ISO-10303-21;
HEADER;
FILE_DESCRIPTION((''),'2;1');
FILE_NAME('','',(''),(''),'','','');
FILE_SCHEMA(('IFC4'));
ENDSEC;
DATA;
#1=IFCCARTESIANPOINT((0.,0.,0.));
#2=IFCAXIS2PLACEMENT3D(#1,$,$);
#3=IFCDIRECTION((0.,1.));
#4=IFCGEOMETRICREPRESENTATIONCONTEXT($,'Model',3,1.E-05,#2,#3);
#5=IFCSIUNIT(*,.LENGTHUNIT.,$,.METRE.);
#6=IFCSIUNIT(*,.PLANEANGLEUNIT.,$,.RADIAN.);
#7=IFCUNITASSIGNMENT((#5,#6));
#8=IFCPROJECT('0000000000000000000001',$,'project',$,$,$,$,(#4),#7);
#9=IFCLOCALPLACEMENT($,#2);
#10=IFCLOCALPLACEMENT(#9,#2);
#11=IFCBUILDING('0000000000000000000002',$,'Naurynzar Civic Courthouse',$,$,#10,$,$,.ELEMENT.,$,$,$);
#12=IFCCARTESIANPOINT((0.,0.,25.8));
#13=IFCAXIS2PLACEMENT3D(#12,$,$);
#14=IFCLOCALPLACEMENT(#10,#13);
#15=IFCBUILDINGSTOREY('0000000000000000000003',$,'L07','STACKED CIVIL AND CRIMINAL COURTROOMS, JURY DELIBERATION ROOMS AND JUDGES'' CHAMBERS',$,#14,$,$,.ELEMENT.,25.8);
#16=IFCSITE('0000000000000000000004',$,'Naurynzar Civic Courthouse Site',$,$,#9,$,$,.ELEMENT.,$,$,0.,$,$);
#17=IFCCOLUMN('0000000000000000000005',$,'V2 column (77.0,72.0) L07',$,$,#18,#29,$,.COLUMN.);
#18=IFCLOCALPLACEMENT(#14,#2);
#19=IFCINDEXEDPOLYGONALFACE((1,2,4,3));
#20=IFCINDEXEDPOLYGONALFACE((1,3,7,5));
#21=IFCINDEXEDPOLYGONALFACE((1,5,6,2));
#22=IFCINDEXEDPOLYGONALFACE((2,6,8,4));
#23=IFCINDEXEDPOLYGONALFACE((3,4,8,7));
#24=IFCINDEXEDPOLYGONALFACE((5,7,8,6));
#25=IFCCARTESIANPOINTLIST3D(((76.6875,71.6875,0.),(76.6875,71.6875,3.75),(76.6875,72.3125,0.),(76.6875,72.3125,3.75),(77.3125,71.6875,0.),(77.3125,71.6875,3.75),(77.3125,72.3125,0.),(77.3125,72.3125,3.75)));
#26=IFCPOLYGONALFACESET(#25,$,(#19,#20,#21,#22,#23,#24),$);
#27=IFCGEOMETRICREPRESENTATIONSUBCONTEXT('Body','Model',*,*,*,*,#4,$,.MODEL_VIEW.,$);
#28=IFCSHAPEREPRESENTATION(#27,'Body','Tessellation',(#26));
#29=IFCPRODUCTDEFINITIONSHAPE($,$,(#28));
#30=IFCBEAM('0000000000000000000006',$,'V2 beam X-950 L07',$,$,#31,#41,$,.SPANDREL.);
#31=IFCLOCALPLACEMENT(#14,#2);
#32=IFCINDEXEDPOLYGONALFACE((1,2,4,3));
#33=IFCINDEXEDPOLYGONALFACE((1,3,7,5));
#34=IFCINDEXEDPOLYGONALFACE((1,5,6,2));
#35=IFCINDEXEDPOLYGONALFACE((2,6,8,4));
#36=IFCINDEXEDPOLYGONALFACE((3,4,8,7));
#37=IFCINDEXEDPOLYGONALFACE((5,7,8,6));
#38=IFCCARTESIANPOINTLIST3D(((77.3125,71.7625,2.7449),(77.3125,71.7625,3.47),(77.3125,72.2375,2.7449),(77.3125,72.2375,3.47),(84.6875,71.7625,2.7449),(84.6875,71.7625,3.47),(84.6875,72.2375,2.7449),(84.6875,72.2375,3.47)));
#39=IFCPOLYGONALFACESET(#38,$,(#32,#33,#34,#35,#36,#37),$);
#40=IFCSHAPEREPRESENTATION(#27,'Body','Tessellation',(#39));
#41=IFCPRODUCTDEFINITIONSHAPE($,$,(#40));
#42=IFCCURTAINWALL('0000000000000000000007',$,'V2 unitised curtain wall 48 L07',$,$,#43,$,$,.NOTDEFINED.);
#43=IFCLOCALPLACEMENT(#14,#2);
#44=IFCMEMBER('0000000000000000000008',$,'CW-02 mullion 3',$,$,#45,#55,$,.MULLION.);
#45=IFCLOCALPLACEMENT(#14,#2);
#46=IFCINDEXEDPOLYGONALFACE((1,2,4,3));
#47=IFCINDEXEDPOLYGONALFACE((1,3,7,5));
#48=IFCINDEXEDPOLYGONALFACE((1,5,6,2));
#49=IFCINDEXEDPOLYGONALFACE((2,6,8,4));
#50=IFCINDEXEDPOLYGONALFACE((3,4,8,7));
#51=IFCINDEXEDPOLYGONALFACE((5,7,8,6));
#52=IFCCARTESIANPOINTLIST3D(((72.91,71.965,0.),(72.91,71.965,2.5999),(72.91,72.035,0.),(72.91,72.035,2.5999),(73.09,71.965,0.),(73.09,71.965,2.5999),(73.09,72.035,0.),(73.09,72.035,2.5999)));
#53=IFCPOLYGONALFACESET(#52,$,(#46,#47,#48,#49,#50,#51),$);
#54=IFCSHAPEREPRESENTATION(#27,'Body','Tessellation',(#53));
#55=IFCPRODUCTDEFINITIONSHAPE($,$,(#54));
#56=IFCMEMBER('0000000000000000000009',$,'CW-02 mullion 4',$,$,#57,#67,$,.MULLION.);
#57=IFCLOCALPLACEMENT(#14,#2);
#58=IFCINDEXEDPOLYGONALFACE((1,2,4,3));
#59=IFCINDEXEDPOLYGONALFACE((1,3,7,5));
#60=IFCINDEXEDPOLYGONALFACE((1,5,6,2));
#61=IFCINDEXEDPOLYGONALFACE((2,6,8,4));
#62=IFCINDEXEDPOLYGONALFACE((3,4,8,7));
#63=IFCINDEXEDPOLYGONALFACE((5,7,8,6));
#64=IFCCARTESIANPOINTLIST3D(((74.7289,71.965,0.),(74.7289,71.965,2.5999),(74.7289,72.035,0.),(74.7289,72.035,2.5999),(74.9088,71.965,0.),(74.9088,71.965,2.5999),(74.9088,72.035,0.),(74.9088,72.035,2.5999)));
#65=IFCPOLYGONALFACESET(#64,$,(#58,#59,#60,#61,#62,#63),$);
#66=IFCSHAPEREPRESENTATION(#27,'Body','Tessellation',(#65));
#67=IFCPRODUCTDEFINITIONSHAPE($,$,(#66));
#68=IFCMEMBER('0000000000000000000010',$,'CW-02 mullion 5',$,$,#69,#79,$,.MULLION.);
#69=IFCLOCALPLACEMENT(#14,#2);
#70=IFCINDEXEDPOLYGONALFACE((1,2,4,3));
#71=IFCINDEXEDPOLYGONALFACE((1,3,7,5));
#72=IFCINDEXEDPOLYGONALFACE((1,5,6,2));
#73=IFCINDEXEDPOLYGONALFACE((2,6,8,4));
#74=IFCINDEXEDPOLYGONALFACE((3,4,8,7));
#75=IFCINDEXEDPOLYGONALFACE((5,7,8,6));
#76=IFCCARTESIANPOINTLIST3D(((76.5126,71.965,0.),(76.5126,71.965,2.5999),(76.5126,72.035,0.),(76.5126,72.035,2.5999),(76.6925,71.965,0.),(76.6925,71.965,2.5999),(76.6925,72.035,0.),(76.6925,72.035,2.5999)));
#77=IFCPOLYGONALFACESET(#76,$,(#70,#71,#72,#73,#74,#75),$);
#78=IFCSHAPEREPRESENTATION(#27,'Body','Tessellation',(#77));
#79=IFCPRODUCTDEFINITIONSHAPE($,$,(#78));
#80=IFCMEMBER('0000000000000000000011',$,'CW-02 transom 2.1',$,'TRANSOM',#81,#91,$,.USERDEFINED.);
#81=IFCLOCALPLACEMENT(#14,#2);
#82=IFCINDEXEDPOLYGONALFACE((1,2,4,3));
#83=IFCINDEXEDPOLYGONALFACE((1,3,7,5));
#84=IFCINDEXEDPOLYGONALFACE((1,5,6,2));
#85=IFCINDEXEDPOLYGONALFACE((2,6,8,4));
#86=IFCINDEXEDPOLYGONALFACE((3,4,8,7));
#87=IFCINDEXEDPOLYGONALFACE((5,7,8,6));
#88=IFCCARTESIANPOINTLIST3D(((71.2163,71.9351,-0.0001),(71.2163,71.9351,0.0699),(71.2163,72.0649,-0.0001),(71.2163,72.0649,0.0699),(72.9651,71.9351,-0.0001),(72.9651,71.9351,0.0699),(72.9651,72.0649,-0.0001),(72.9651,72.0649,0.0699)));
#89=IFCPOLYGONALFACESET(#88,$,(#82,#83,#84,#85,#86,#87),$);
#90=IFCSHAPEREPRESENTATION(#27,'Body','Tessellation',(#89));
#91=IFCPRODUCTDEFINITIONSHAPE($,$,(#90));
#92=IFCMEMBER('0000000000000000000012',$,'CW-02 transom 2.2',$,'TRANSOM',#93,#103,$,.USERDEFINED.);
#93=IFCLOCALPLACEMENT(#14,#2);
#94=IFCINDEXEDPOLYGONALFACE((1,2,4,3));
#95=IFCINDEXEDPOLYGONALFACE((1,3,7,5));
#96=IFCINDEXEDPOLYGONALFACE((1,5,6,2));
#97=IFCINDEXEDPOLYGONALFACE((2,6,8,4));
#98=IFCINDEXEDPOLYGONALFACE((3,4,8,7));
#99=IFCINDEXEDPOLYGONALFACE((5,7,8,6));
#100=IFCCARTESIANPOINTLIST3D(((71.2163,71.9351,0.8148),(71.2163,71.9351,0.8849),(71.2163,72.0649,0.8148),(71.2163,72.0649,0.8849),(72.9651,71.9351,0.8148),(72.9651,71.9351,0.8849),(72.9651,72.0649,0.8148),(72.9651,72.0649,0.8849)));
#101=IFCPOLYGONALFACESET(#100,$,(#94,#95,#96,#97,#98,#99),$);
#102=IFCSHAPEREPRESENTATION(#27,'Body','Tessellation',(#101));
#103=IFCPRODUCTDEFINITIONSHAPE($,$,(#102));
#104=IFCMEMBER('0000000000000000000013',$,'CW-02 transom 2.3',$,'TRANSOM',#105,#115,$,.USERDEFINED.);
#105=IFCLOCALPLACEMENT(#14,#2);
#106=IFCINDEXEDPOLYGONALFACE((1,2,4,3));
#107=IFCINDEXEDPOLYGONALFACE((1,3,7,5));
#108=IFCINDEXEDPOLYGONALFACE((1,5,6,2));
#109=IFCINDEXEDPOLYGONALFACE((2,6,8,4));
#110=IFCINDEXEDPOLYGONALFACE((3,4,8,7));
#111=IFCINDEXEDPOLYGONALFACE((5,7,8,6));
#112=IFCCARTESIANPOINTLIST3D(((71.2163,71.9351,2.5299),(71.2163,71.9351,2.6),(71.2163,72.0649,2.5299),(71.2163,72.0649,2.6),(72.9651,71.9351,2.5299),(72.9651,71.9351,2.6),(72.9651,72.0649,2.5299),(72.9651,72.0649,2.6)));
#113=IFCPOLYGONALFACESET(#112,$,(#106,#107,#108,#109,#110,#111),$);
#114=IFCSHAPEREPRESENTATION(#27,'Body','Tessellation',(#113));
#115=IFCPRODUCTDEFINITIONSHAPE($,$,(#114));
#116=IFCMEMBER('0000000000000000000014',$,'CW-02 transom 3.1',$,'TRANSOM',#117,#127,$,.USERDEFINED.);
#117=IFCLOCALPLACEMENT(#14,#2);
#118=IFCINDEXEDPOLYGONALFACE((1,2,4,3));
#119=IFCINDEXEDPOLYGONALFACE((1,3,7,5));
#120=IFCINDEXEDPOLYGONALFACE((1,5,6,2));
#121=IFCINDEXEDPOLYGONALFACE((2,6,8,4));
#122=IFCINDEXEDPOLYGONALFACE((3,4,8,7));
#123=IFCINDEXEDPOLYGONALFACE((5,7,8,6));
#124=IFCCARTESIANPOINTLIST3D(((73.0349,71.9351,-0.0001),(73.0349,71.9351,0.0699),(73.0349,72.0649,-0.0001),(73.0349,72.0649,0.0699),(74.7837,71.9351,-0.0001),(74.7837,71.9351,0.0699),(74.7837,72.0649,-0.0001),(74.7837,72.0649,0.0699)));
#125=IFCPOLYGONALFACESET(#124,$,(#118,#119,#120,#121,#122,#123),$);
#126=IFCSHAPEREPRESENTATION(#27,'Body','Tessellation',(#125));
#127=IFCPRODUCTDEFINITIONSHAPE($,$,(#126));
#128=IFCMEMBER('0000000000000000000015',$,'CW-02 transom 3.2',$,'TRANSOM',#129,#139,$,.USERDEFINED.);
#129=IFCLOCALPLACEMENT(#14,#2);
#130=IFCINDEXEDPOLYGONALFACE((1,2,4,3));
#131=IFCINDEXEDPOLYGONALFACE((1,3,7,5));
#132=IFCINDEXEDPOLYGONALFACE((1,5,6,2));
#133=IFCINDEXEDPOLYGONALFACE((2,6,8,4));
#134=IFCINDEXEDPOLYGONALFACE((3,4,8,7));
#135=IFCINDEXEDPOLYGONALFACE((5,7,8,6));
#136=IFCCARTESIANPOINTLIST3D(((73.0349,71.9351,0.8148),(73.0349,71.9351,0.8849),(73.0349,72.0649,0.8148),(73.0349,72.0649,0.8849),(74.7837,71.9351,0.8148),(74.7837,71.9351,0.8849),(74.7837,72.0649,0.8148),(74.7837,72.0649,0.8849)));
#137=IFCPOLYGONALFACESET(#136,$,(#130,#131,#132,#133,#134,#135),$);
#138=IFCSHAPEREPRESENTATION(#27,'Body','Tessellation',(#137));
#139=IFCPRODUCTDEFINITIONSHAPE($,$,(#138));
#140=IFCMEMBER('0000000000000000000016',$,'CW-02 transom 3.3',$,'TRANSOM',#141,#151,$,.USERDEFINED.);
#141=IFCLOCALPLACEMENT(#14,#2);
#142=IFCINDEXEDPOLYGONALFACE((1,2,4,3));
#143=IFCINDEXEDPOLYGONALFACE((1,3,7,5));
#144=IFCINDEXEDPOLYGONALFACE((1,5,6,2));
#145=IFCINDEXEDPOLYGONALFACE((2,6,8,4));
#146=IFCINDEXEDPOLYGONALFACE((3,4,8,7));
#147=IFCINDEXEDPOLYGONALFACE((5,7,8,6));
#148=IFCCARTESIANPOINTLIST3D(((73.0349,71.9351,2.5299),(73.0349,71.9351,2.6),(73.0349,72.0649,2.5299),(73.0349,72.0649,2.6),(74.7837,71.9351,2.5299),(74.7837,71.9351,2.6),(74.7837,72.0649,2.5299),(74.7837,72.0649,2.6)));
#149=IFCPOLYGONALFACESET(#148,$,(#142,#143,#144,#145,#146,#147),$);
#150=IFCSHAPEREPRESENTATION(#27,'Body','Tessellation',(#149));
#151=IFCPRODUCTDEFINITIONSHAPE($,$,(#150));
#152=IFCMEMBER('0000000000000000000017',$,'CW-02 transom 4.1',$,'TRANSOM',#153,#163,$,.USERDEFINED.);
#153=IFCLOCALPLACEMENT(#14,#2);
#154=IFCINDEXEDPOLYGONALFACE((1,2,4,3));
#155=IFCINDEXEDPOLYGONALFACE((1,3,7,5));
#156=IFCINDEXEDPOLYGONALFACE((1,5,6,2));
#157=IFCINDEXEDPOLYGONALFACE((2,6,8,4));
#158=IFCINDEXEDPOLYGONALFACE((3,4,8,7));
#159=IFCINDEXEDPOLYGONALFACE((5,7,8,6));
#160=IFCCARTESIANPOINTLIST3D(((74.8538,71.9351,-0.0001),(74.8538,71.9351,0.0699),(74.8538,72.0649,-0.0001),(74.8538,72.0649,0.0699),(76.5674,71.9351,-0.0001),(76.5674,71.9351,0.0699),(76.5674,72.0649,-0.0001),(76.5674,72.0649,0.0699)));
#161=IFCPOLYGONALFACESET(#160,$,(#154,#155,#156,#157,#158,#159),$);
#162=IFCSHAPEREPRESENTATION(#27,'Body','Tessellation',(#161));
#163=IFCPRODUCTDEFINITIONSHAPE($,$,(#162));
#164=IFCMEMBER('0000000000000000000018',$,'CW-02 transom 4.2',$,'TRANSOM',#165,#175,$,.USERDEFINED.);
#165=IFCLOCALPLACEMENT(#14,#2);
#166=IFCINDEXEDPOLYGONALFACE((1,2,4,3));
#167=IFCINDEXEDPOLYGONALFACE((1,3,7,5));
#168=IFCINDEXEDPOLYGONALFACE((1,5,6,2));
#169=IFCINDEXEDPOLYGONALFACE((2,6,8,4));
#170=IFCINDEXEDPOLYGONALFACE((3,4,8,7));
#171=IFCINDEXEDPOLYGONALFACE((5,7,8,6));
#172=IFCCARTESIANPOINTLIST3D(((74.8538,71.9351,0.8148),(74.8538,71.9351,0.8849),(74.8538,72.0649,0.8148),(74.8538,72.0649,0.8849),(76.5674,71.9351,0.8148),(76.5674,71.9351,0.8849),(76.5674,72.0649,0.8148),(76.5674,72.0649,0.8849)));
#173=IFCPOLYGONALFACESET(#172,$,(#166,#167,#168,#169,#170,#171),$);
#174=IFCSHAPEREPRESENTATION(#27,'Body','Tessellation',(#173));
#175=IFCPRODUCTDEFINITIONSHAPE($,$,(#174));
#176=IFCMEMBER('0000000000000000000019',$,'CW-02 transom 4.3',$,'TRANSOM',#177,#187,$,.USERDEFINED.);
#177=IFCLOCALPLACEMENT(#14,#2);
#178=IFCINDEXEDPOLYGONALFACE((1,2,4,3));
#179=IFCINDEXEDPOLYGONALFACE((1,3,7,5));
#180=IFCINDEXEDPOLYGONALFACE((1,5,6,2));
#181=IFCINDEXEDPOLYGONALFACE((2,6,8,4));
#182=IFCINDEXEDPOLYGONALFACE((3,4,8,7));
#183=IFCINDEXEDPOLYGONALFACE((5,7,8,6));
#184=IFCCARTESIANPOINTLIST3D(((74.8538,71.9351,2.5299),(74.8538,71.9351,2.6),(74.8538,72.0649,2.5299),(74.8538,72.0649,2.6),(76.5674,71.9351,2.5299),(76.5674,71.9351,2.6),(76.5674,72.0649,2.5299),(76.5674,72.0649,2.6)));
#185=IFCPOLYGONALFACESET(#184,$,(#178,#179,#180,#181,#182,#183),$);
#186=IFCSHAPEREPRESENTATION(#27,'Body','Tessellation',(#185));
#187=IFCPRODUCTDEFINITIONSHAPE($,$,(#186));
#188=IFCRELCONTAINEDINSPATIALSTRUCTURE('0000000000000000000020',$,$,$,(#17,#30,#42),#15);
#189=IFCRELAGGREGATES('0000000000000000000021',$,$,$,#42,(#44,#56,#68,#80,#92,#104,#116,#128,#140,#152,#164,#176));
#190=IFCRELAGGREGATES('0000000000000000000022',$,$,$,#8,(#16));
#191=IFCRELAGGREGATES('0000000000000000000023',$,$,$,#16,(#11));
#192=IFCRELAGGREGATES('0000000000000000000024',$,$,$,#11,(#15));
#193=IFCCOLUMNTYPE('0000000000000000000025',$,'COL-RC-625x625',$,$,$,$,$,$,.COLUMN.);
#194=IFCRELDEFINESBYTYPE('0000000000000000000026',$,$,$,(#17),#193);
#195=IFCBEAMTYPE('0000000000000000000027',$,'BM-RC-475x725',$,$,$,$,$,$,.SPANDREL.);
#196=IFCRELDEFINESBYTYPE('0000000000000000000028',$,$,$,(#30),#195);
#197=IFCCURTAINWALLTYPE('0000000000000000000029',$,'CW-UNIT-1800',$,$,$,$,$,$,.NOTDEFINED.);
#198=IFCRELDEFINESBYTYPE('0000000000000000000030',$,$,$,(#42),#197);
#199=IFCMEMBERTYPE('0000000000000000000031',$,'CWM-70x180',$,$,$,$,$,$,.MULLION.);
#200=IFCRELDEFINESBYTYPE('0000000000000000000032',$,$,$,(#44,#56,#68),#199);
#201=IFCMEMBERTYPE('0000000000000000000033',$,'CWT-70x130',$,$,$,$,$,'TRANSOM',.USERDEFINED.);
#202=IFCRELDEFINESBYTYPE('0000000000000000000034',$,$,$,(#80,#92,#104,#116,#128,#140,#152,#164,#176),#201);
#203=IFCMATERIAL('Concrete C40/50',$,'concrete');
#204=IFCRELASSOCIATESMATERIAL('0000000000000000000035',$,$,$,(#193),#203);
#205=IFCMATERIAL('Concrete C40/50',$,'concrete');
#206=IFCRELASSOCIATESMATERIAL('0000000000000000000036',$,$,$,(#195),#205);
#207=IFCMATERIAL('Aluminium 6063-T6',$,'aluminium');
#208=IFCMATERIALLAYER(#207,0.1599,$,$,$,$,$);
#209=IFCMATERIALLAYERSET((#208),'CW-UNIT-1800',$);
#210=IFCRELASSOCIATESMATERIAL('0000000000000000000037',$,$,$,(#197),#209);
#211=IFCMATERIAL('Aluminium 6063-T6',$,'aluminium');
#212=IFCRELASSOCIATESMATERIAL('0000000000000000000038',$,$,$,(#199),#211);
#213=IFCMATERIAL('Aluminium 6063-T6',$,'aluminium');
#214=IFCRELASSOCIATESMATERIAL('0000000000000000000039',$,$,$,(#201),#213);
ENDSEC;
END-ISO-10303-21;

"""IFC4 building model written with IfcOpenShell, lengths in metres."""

from ifc_helpers import new_model, si_unit, direction, frame, origin, origin_2d, place, context, subcontext, project, spatial, rectangle, extrude, material, layer, layer_set, material_profile, profile_set, type_object, element, aggregate, save


model = new_model("IFC4")

# Units and contexts
model_context = context("Model", 3, precision=1e-05, world=origin(), true_north=direction((0.0, 1.0)))
body_context = subcontext(model_context, "Body", "Model", "MODEL_VIEW")
ifc_project = project(units=[si_unit("LENGTHUNIT", "METRE"), si_unit("PLANEANGLEUNIT", "RADIAN")], contexts=[model_context])

# Site, building, storey
site_placement = place(None, origin())
site = spatial("IfcSite", under=ifc_project, at=site_placement, Name="Naurynzar Civic Courthouse Site", CompositionType="ELEMENT", RefElevation=0.0)
building_placement = place(site_placement, origin())
building = spatial("IfcBuilding", under=site, at=building_placement, Name="Naurynzar Civic Courthouse", CompositionType="ELEMENT")
storey_placement = place(building_placement, frame((0.0, 0.0, 25.8)))
storey = spatial("IfcBuildingStorey", under=building, at=storey_placement, Name="L07", Description="STACKED CIVIL AND CRIMINAL COURTROOMS, JURY DELIBERATION ROOMS AND JUDGES' CHAMBERS", CompositionType="ELEMENT", Elevation=25.8)

# Column
ifc_material_1 = material(Name="Concrete C40/50", Category="concrete")
ifc_material_profile_1 = material_profile(ifc_material_1, rectangle(XDim=0.625, YDim=0.625, at=origin_2d()), Name="RC 625x625")
ifc_profile_set_1 = profile_set([ifc_material_profile_1], Name="Concrete C40/50")
column_type = type_object("IfcColumnType", Name="COL-RC-625x625", PredefinedType="COLUMN", material=ifc_profile_set_1)
column_placement = place(storey_placement, frame((77.0, 72.0, 0.0), z_axis=(0.0, 0.0, 1.0), x_axis=(1.0, 0.0, 0.0)))
element("IfcColumn", 1, at=column_placement, inside=storey, type_object=column_type, Name="V2 column (77.0,72.0) L07", PredefinedType="COLUMN", context=body_context, shape_type="SweptSolid", body=[
    extrude(rectangle(XDim=0.625, YDim=0.625, at=origin_2d()), origin(), (0.0, 0.0, 1.0), 3.75),
])

# Beam
ifc_material_2 = material(Name="Concrete C40/50", Category="concrete")
ifc_material_profile_2 = material_profile(ifc_material_2, rectangle(XDim=0.4751, YDim=0.7251, at=origin_2d()), Name="RCB 475x725")
ifc_profile_set_2 = profile_set([ifc_material_profile_2], Name="Concrete C40/50")
beam_type = type_object("IfcBeamType", Name="BM-RC-475x725", PredefinedType="SPANDREL", material=ifc_profile_set_2)
beam_placement = place(storey_placement, frame((77.3125, 72.0, 3.1074), z_axis=(1.0, 0.0, 0.0), x_axis=(0.0, 1.0, 0.0)))
element("IfcBeam", 2, at=beam_placement, inside=storey, type_object=beam_type, Name="V2 beam X-950 L07", PredefinedType="SPANDREL", context=body_context, shape_type="SweptSolid", body=[
    extrude(rectangle(XDim=0.4751, YDim=0.7251, at=origin_2d()), origin(), (0.0, 0.0, 1.0), 7.375),
])

# Curtain wall, members
ifc_material_3 = material(Name="Aluminium 6063-T6", Category="aluminium")
ifc_layer_1 = layer(ifc_material_3, 0.1599)
ifc_layer_set_1 = layer_set([ifc_layer_1], Name="CW-UNIT-1800")
curtain_wall_type = type_object("IfcCurtainWallType", Name="CW-UNIT-1800", PredefinedType="NOTDEFINED", material=ifc_layer_set_1)
curtain_wall_placement = place(storey_placement, origin())
curtain_wall = element("IfcCurtainWall", 3, at=curtain_wall_placement, inside=storey, type_object=curtain_wall_type, Name="V2 unitised curtain wall 48 L07", PredefinedType="NOTDEFINED")
ifc_material_4 = material(Name="Aluminium 6063-T6", Category="aluminium")
ifc_material_profile_3 = material_profile(ifc_material_4, rectangle(XDim=0.0701, YDim=0.1799, at=origin_2d()), Name="ALU MULLION 70x180")
ifc_profile_set_3 = profile_set([ifc_material_profile_3], Name="Aluminium 6063-T6")
member_type_1 = type_object("IfcMemberType", Name="CWM-70x180", PredefinedType="MULLION", material=ifc_profile_set_3)
member_1_placement = place(storey_placement, frame((73.0, 72.0, 0.0), z_axis=(0.0, 0.0, 1.0), x_axis=(0.0, 1.0, 0.0)))
member_1 = element("IfcMember", 4, at=member_1_placement, type_object=member_type_1, Name="CW-02 mullion 3", PredefinedType="MULLION", context=body_context, shape_type="SweptSolid", body=[
    extrude(rectangle(XDim=0.0701, YDim=0.1799, at=origin_2d()), origin(), (0.0, 0.0, 1.0), 2.5999),
])
member_2_placement = place(storey_placement, frame((74.8188, 72.0, 0.0), z_axis=(0.0, 0.0, 1.0), x_axis=(0.0, 1.0, 0.0)))
member_2 = element("IfcMember", 5, at=member_2_placement, type_object=member_type_1, Name="CW-02 mullion 4", PredefinedType="MULLION", context=body_context, shape_type="SweptSolid", body=[
    extrude(rectangle(XDim=0.0701, YDim=0.1799, at=origin_2d()), origin(), (0.0, 0.0, 1.0), 2.5999),
])
member_3_placement = place(storey_placement, frame((76.6025, 72.0, 0.0), z_axis=(0.0, 0.0, 1.0), x_axis=(0.0, 1.0, 0.0)))
member_3 = element("IfcMember", 6, at=member_3_placement, type_object=member_type_1, Name="CW-02 mullion 5", PredefinedType="MULLION", context=body_context, shape_type="SweptSolid", body=[
    extrude(rectangle(XDim=0.0701, YDim=0.1799, at=origin_2d()), origin(), (0.0, 0.0, 1.0), 2.5999),
])
ifc_material_5 = material(Name="Aluminium 6063-T6", Category="aluminium")
ifc_material_profile_4 = material_profile(ifc_material_5, rectangle(XDim=0.1299, YDim=0.0701, at=origin_2d()), Name="ALU TRANSOM 70x130")
ifc_profile_set_4 = profile_set([ifc_material_profile_4], Name="Aluminium 6063-T6")
member_type_2 = type_object("IfcMemberType", Name="CWT-70x130", ElementType="TRANSOM", PredefinedType="USERDEFINED", material=ifc_profile_set_4)
member_4_placement = place(storey_placement, frame((71.2163, 72.0, 0.0349), z_axis=(1.0, 0.0, 0.0), x_axis=(0.0, 1.0, 0.0)))
member_4 = element("IfcMember", 7, at=member_4_placement, type_object=member_type_2, Name="CW-02 transom 2.1", ObjectType="TRANSOM", PredefinedType="USERDEFINED", context=body_context, shape_type="SweptSolid", body=[
    extrude(rectangle(XDim=0.1299, YDim=0.0701, at=origin_2d()), origin(), (0.0, 0.0, 1.0), 1.7488),
])
member_5_placement = place(storey_placement, frame((71.2163, 72.0, 0.8499), z_axis=(1.0, 0.0, 0.0), x_axis=(0.0, 1.0, 0.0)))
member_5 = element("IfcMember", 8, at=member_5_placement, type_object=member_type_2, Name="CW-02 transom 2.2", ObjectType="TRANSOM", PredefinedType="USERDEFINED", context=body_context, shape_type="SweptSolid", body=[
    extrude(rectangle(XDim=0.1299, YDim=0.0701, at=origin_2d()), origin(), (0.0, 0.0, 1.0), 1.7488),
])
member_6_placement = place(storey_placement, frame((71.2163, 72.0, 2.5649), z_axis=(1.0, 0.0, 0.0), x_axis=(0.0, 1.0, 0.0)))
member_6 = element("IfcMember", 9, at=member_6_placement, type_object=member_type_2, Name="CW-02 transom 2.3", ObjectType="TRANSOM", PredefinedType="USERDEFINED", context=body_context, shape_type="SweptSolid", body=[
    extrude(rectangle(XDim=0.1299, YDim=0.0701, at=origin_2d()), origin(), (0.0, 0.0, 1.0), 1.7488),
])
member_7_placement = place(storey_placement, frame((73.0349, 72.0, 0.0349), z_axis=(1.0, 0.0, 0.0), x_axis=(0.0, 1.0, 0.0)))
member_7 = element("IfcMember", 10, at=member_7_placement, type_object=member_type_2, Name="CW-02 transom 3.1", ObjectType="TRANSOM", PredefinedType="USERDEFINED", context=body_context, shape_type="SweptSolid", body=[
    extrude(rectangle(XDim=0.1299, YDim=0.0701, at=origin_2d()), origin(), (0.0, 0.0, 1.0), 1.7488),
])
member_8_placement = place(storey_placement, frame((73.0349, 72.0, 0.8499), z_axis=(1.0, 0.0, 0.0), x_axis=(0.0, 1.0, 0.0)))
member_8 = element("IfcMember", 11, at=member_8_placement, type_object=member_type_2, Name="CW-02 transom 3.2", ObjectType="TRANSOM", PredefinedType="USERDEFINED", context=body_context, shape_type="SweptSolid", body=[
    extrude(rectangle(XDim=0.1299, YDim=0.0701, at=origin_2d()), origin(), (0.0, 0.0, 1.0), 1.7488),
])
member_9_placement = place(storey_placement, frame((73.0349, 72.0, 2.5649), z_axis=(1.0, 0.0, 0.0), x_axis=(0.0, 1.0, 0.0)))
member_9 = element("IfcMember", 12, at=member_9_placement, type_object=member_type_2, Name="CW-02 transom 3.3", ObjectType="TRANSOM", PredefinedType="USERDEFINED", context=body_context, shape_type="SweptSolid", body=[
    extrude(rectangle(XDim=0.1299, YDim=0.0701, at=origin_2d()), origin(), (0.0, 0.0, 1.0), 1.7488),
])
member_10_placement = place(storey_placement, frame((74.8538, 72.0, 0.0349), z_axis=(1.0, 0.0, 0.0), x_axis=(0.0, 1.0, 0.0)))
member_10 = element("IfcMember", 13, at=member_10_placement, type_object=member_type_2, Name="CW-02 transom 4.1", ObjectType="TRANSOM", PredefinedType="USERDEFINED", context=body_context, shape_type="SweptSolid", body=[
    extrude(rectangle(XDim=0.1299, YDim=0.0701, at=origin_2d()), origin(), (0.0, 0.0, 1.0), 1.7136),
])
member_11_placement = place(storey_placement, frame((74.8538, 72.0, 0.8499), z_axis=(1.0, 0.0, 0.0), x_axis=(0.0, 1.0, 0.0)))
member_11 = element("IfcMember", 14, at=member_11_placement, type_object=member_type_2, Name="CW-02 transom 4.2", ObjectType="TRANSOM", PredefinedType="USERDEFINED", context=body_context, shape_type="SweptSolid", body=[
    extrude(rectangle(XDim=0.1299, YDim=0.0701, at=origin_2d()), origin(), (0.0, 0.0, 1.0), 1.7136),
])
member_12_placement = place(storey_placement, frame((74.8538, 72.0, 2.5649), z_axis=(1.0, 0.0, 0.0), x_axis=(0.0, 1.0, 0.0)))
member_12 = element("IfcMember", 15, at=member_12_placement, type_object=member_type_2, Name="CW-02 transom 4.3", ObjectType="TRANSOM", PredefinedType="USERDEFINED", context=body_context, shape_type="SweptSolid", body=[
    extrude(rectangle(XDim=0.1299, YDim=0.0701, at=origin_2d()), origin(), (0.0, 0.0, 1.0), 1.7136),
])
aggregate(curtain_wall, [member_1, member_2, member_3, member_4, member_5, member_6, member_7, member_8, member_9, member_10, member_11, member_12])

save(model, "model.ifc")
